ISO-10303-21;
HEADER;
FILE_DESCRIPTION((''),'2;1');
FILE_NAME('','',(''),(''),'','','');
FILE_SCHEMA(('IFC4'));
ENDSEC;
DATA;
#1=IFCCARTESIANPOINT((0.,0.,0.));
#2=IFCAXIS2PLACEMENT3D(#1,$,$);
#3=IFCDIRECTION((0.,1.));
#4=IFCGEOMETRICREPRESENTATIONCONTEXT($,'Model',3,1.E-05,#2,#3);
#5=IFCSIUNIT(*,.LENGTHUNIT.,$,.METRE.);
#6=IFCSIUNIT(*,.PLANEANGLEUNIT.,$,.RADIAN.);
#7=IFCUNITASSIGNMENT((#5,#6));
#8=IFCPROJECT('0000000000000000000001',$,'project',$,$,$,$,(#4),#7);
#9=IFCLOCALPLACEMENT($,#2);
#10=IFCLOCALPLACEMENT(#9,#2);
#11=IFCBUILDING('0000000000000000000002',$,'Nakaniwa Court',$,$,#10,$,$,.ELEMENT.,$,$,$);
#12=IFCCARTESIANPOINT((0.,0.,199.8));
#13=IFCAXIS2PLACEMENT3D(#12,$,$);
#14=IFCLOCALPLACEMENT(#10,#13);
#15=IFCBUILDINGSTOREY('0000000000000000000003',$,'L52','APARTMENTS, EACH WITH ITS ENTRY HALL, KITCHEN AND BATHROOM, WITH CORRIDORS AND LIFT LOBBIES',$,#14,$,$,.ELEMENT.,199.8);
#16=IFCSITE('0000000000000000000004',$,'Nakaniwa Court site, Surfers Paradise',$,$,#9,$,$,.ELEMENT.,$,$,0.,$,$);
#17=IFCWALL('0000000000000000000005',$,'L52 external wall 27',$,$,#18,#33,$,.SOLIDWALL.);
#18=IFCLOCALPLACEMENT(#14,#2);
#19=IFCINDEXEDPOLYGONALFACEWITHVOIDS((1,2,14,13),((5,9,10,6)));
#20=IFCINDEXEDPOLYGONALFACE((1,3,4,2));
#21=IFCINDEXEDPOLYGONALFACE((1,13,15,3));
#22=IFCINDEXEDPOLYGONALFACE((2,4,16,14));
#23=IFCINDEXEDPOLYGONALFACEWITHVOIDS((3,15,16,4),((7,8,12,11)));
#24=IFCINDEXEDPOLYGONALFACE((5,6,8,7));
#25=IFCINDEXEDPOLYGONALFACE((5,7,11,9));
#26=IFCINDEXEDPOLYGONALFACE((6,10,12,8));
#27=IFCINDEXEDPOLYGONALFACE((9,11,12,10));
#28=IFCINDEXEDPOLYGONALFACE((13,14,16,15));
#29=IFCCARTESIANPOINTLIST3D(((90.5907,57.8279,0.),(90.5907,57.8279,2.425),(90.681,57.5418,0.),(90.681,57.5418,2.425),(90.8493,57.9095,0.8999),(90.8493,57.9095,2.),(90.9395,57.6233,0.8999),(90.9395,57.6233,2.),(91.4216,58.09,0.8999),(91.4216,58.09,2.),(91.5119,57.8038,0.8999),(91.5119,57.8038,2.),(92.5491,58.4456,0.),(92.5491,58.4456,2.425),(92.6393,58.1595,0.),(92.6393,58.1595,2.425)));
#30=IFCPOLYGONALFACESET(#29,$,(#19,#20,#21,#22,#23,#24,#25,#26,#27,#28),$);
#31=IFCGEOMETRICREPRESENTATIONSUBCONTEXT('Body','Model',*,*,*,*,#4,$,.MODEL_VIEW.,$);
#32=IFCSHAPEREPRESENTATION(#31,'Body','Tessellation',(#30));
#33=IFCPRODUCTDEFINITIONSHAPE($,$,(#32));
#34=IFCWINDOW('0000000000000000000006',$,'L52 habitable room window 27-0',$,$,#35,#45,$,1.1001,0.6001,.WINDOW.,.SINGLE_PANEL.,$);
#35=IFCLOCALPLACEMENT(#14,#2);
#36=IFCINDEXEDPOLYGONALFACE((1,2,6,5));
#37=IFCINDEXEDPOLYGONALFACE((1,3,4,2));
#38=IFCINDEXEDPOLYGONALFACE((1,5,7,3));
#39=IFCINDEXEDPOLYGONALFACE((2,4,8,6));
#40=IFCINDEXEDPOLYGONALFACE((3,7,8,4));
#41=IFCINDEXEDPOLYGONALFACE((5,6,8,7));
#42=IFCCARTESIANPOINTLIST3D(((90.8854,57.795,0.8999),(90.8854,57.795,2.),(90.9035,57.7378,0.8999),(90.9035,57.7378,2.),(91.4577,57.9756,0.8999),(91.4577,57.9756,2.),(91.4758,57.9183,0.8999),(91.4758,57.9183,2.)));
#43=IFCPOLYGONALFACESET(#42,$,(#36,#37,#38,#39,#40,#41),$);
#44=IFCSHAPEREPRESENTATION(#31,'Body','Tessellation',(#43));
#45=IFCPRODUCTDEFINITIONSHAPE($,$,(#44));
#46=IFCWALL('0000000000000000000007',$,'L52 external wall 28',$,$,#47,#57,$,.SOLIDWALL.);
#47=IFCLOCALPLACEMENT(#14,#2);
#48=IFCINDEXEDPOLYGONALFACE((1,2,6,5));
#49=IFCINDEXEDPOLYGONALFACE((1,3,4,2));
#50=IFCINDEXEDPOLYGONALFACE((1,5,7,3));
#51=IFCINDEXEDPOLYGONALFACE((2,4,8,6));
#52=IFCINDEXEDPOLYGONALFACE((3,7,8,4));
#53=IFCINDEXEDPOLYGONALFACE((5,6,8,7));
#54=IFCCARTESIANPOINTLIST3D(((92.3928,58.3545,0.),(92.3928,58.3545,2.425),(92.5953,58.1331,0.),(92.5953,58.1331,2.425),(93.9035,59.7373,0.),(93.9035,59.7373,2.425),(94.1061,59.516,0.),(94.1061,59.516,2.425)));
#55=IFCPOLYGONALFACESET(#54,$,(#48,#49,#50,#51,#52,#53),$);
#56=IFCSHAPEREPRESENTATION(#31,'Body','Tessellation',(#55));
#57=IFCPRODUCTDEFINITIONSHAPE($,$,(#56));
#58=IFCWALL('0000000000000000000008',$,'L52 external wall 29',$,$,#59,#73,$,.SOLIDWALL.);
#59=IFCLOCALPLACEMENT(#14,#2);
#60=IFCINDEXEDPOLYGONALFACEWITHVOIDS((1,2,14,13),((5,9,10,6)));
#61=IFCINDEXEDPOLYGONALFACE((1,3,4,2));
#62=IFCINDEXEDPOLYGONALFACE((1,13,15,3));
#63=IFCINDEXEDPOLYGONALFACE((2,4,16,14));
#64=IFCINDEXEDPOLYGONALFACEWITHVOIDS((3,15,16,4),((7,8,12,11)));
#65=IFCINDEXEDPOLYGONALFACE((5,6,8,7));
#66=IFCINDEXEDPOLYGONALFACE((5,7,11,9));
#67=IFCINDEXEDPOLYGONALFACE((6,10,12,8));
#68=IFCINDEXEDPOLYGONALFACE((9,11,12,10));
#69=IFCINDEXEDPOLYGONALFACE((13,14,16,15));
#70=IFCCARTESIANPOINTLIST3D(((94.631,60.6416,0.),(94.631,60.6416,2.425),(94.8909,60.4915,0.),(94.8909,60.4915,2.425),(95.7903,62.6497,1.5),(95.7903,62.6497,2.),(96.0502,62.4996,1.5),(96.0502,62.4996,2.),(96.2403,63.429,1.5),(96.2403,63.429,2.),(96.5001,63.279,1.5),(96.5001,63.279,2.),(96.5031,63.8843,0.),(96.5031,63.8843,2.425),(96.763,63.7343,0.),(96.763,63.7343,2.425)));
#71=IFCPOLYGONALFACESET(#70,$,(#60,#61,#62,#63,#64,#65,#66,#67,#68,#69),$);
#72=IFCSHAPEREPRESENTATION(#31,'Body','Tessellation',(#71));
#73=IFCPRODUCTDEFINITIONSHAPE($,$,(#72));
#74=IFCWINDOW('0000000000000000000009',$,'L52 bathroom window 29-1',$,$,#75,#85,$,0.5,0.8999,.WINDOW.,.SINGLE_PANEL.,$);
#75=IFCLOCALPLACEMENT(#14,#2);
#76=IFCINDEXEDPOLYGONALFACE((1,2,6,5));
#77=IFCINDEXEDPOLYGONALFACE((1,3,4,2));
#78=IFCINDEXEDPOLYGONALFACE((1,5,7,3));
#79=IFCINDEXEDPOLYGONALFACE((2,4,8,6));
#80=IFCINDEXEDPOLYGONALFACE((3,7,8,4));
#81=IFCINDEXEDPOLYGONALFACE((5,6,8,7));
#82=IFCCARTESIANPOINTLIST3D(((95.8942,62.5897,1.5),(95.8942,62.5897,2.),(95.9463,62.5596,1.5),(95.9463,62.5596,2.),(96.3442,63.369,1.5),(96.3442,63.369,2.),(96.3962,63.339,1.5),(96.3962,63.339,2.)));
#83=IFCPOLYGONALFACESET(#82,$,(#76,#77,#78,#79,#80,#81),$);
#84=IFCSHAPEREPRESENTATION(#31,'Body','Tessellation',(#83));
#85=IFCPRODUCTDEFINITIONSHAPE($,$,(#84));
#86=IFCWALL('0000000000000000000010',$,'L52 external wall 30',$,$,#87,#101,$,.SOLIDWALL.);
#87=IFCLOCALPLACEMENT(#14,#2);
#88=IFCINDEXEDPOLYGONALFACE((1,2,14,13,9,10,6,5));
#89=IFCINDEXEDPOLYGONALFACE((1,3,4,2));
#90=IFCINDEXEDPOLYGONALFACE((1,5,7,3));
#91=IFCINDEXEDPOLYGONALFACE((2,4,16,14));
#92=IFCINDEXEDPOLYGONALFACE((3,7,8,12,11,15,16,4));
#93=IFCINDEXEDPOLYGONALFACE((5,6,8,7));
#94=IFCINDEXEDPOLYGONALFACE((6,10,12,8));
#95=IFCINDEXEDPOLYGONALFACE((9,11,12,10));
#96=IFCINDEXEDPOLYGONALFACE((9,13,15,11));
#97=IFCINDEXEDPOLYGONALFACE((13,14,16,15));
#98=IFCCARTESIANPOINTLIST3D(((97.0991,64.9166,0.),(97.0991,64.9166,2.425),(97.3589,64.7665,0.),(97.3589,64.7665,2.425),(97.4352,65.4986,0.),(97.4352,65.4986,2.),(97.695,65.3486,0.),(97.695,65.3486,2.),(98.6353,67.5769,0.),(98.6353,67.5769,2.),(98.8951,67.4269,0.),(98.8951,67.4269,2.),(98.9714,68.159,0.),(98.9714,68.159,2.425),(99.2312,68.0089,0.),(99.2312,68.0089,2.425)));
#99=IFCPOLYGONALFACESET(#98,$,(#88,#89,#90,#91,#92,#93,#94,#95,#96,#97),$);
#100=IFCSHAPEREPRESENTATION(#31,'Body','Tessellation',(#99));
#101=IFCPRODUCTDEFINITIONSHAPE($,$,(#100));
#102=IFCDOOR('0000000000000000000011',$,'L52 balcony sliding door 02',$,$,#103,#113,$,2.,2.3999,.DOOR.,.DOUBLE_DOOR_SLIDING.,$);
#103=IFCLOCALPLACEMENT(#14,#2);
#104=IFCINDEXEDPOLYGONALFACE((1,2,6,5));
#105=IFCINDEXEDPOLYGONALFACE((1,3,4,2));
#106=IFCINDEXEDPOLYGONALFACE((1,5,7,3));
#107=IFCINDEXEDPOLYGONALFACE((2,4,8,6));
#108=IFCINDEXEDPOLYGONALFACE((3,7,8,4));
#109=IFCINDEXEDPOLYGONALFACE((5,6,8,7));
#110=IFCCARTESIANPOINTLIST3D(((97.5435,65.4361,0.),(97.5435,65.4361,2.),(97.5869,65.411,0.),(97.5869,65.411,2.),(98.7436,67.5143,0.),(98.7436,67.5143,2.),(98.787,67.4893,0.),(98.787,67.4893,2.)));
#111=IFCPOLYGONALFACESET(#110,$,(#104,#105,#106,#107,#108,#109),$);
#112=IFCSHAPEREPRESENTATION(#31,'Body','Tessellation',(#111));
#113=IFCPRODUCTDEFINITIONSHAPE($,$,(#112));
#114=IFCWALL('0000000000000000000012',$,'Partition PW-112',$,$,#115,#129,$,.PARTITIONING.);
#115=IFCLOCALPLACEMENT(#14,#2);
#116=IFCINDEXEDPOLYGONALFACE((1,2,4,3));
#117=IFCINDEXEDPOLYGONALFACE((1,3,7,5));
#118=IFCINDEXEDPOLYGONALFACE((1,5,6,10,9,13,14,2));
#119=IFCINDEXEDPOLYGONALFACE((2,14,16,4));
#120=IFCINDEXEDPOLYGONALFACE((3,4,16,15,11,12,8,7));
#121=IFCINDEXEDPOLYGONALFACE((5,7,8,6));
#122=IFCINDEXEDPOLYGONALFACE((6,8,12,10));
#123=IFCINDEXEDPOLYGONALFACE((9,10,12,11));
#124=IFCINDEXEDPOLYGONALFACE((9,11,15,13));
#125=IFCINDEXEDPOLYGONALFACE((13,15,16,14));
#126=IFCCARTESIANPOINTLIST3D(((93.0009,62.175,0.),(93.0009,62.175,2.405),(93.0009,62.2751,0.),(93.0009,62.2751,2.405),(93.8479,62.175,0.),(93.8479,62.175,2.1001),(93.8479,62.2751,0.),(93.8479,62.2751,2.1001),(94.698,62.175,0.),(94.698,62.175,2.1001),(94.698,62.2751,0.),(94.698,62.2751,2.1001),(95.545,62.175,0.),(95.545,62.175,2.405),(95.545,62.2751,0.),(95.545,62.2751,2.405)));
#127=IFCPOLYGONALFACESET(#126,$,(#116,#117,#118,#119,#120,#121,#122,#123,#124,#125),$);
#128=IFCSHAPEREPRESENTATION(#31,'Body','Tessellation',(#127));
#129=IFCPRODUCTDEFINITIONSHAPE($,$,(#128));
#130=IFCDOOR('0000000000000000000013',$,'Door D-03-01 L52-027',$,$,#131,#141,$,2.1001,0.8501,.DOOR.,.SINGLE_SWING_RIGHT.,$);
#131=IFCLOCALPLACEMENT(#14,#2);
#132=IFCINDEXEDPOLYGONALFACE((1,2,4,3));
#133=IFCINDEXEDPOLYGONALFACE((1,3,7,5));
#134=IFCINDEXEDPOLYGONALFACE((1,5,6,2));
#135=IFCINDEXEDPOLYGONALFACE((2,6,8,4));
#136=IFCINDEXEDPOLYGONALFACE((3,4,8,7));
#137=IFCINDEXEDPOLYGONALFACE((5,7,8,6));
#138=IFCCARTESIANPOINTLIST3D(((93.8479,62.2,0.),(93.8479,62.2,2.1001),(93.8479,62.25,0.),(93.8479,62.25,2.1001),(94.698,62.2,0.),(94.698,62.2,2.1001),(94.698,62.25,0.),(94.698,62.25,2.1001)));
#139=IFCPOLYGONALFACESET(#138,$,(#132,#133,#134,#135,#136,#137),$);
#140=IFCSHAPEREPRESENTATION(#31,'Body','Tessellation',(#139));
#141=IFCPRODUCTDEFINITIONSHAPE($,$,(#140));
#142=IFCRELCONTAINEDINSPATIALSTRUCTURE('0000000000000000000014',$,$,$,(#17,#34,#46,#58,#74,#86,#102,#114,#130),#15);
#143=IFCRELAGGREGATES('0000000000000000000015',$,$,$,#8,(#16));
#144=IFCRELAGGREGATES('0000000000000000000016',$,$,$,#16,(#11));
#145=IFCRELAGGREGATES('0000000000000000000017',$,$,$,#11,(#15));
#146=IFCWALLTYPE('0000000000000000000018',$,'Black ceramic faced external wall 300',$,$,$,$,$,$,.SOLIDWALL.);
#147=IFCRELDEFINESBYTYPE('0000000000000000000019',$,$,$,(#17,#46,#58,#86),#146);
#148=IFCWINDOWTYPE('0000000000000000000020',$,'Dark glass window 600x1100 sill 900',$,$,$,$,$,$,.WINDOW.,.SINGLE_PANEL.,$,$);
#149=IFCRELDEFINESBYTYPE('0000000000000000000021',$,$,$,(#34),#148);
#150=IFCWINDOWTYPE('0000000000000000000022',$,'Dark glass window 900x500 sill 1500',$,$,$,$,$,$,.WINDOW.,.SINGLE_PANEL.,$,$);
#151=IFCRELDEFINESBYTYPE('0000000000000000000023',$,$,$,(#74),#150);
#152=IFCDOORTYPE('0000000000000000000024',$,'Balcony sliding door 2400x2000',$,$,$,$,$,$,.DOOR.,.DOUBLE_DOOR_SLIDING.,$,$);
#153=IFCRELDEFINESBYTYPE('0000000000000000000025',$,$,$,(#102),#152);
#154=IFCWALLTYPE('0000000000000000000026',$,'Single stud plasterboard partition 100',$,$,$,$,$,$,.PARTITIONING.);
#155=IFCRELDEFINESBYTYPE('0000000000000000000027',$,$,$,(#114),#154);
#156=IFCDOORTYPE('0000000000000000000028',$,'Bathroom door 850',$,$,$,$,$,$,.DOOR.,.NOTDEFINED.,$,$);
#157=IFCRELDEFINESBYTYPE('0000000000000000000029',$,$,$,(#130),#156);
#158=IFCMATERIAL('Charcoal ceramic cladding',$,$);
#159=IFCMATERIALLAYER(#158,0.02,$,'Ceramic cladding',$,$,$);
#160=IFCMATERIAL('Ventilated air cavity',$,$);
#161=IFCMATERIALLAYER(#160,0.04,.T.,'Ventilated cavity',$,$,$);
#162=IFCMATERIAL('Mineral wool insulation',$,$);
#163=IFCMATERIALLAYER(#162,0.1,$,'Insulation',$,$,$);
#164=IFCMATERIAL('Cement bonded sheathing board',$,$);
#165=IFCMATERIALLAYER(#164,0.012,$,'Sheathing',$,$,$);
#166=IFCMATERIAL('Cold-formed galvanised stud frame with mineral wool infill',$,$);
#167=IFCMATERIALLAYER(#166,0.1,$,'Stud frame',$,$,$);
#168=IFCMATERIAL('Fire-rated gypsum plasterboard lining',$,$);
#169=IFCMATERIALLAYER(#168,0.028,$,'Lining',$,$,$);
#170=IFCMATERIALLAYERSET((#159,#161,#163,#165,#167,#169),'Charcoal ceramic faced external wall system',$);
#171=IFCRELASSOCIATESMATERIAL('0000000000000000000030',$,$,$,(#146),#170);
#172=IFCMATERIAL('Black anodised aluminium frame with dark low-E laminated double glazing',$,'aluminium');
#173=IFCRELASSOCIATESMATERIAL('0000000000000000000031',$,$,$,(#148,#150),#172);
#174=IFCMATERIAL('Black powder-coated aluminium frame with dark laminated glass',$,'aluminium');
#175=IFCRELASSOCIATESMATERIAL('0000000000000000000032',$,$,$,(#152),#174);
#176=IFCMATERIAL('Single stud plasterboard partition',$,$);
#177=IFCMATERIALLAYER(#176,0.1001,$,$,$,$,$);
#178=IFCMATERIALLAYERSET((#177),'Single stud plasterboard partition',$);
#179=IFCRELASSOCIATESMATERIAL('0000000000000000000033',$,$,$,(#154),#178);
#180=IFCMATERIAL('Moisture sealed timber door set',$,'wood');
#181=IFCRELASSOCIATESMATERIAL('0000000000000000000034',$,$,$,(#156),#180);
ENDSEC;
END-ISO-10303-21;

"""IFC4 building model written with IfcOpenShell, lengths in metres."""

from ifc_helpers import new_model, si_unit, direction, frame, frame_2d, origin, place, context, subcontext, project, spatial, rectangle, extrude, material, layer, layer_set, type_object, element, fill, save


model = new_model("IFC4")

# Units and contexts
model_context = context("Model", 3, precision=1e-05, world=origin(), true_north=direction((0.0, 1.0)))
body_context = subcontext(model_context, "Body", "Model", "MODEL_VIEW")
ifc_project = project(units=[si_unit("LENGTHUNIT", "METRE"), si_unit("PLANEANGLEUNIT", "RADIAN")], contexts=[model_context])

# Site, building, storey
site_placement = place(None, origin())
site = spatial("IfcSite", under=ifc_project, at=site_placement, Name="Nakaniwa Court site, Surfers Paradise", CompositionType="ELEMENT", RefElevation=0.0)
building_placement = place(site_placement, origin())
building = spatial("IfcBuilding", under=site, at=building_placement, Name="Nakaniwa Court", CompositionType="ELEMENT")
storey_placement = place(building_placement, frame((0.0, 0.0, 199.8)))
storey = spatial("IfcBuildingStorey", under=building, at=storey_placement, Name="L52", Description="APARTMENTS, EACH WITH ITS ENTRY HALL, KITCHEN AND BATHROOM, WITH CORRIDORS AND LIFT LOBBIES", CompositionType="ELEMENT", Elevation=199.8)

# Wall, opening, window
ifc_material_1 = material(Name="Charcoal ceramic cladding")
ifc_layer_1 = layer(ifc_material_1, 0.02, Name="Ceramic cladding")
ifc_material_2 = material(Name="Ventilated air cavity")
ifc_layer_2 = layer(ifc_material_2, 0.04, ventilated=True, Name="Ventilated cavity")
ifc_material_3 = material(Name="Mineral wool insulation")
ifc_layer_3 = layer(ifc_material_3, 0.1, Name="Insulation")
ifc_material_4 = material(Name="Cement bonded sheathing board")
ifc_layer_4 = layer(ifc_material_4, 0.012, Name="Sheathing")
ifc_material_5 = material(Name="Cold-formed galvanised stud frame with mineral wool infill")
ifc_layer_5 = layer(ifc_material_5, 0.1, Name="Stud frame")
ifc_material_6 = material(Name="Fire-rated gypsum plasterboard lining")
ifc_layer_6 = layer(ifc_material_6, 0.028, Name="Lining")
ifc_layer_set_1 = layer_set([ifc_layer_1, ifc_layer_2, ifc_layer_3, ifc_layer_4, ifc_layer_5, ifc_layer_6], Name="Charcoal ceramic faced external wall system")
wall_type_1 = type_object("IfcWallType", Name="Black ceramic faced external wall 300", PredefinedType="SOLIDWALL", material=ifc_layer_set_1)
wall_1_placement = place(storey_placement, frame((90.6357, 57.6848, 0.0), z_axis=(0.0, 0.0, 1.0), x_axis=(0.953683, 0.300813, 0.0)))
wall_1 = element("IfcWall", 1, at=wall_1_placement, inside=storey, type_object=wall_type_1, Name="L52 external wall 27", PredefinedType="SOLIDWALL", context=body_context, shape_type="SweptSolid", body=[
    extrude(rectangle(XDim=2.0535, YDim=0.3, at=frame_2d((1.0269, 0.0))), origin(), (0.0, 0.0, 1.0), 2.425),
])
opening_1_placement = place(wall_1_placement, frame((0.2712, 0.0, 0.8999)))
opening_1 = element("IfcOpeningElement", 2, at=opening_1_placement, cuts=wall_1, PredefinedType="OPENING", context=body_context, shape_type="SweptSolid", body=[
    extrude(rectangle(XDim=0.6001, YDim=1.1001, at=frame_2d((0.3, 0.55))), frame((0.0, 0.1599, 0.0), z_axis=(0.0, -1.0, 0.0), x_axis=(1.0, 0.0, 0.0)), (0.0, 0.0, 1.0), 0.3201),
])
ifc_material_7 = material(Name="Black anodised aluminium frame with dark low-E laminated double glazing", Category="aluminium")
window_type_1 = type_object("IfcWindowType", Name="Dark glass window 600x1100 sill 900", PartitioningType="SINGLE_PANEL", PredefinedType="WINDOW", material=ifc_material_7)
window_1_placement = place(opening_1_placement, origin())
window_1 = element("IfcWindow", 3, at=window_1_placement, inside=storey, type_object=window_type_1, Name="L52 habitable room window 27-0", OverallHeight=1.1001, OverallWidth=0.6001, PartitioningType="SINGLE_PANEL", PredefinedType="WINDOW", context=body_context, shape_type="SweptSolid", body=[
    extrude(rectangle(XDim=0.6001, YDim=1.1001, at=frame_2d((0.3, 0.55))), frame((0.0, 0.03, 0.0), z_axis=(0.0, -1.0, 0.0), x_axis=(1.0, 0.0, 0.0)), (0.0, 0.0, 1.0), 0.0601),
])
fill(opening_1, window_1)

# Wall
wall_2_placement = place(storey_placement, frame((92.4941, 58.2439, 0.0), z_axis=(0.0, 0.0, 1.0), x_axis=(0.737649, 0.675185, 0.0)))
element("IfcWall", 4, at=wall_2_placement, inside=storey, type_object=wall_type_1, Name="L52 external wall 28", PredefinedType="SOLIDWALL", context=body_context, shape_type="SweptSolid", body=[
    extrude(rectangle(XDim=2.0481, YDim=0.3, at=frame_2d((1.0239, 0.0))), origin(), (0.0, 0.0, 1.0), 2.425),
])

# Wall, opening, window
wall_3_placement = place(storey_placement, frame((94.761, 60.5667, 0.0), z_axis=(0.0, 0.0, 1.0), x_axis=(0.499982, 0.866036, 0.0)))
wall_3 = element("IfcWall", 5, at=wall_3_placement, inside=storey, type_object=wall_type_1, Name="L52 external wall 29", PredefinedType="SOLIDWALL", context=body_context, shape_type="SweptSolid", body=[
    extrude(rectangle(XDim=3.7444, YDim=0.3, at=frame_2d((1.8721, 0.0))), origin(), (0.0, 0.0, 1.0), 2.425),
])
opening_2_placement = place(wall_3_placement, frame((2.3186, 0.0, 1.5)))
opening_2 = element("IfcOpeningElement", 6, at=opening_2_placement, cuts=wall_3, PredefinedType="OPENING", context=body_context, shape_type="SweptSolid", body=[
    extrude(rectangle(XDim=0.8999, YDim=0.5, at=frame_2d((0.45, 0.25))), frame((0.0, 0.1599, 0.0), z_axis=(0.0, -1.0, 0.0), x_axis=(1.0, 0.0, 0.0)), (0.0, 0.0, 1.0), 0.3201),
])
window_type_2 = type_object("IfcWindowType", Name="Dark glass window 900x500 sill 1500", PartitioningType="SINGLE_PANEL", PredefinedType="WINDOW", material=ifc_material_7)
window_2_placement = place(opening_2_placement, origin())
window_2 = element("IfcWindow", 7, at=window_2_placement, inside=storey, type_object=window_type_2, Name="L52 bathroom window 29-1", OverallHeight=0.5, OverallWidth=0.8999, PartitioningType="SINGLE_PANEL", PredefinedType="WINDOW", context=body_context, shape_type="SweptSolid", body=[
    extrude(rectangle(XDim=0.8999, YDim=0.5, at=frame_2d((0.45, 0.25))), frame((0.0, 0.03, 0.0), z_axis=(0.0, -1.0, 0.0), x_axis=(1.0, 0.0, 0.0)), (0.0, 0.0, 1.0), 0.0601),
])
fill(opening_2, window_2)

# Walls, openings, doors
wall_4_placement = place(storey_placement, frame((97.229, 64.8416, 0.0), z_axis=(0.0, 0.0, 1.0), x_axis=(0.500059, 0.865991, 0.0)))
wall_4 = element("IfcWall", 8, at=wall_4_placement, inside=storey, type_object=wall_type_1, Name="L52 external wall 30", PredefinedType="SOLIDWALL", context=body_context, shape_type="SweptSolid", body=[
    extrude(rectangle(XDim=3.7441, YDim=0.3, at=frame_2d((1.8721, 0.0))), origin(), (0.0, 0.0, 1.0), 2.425),
])
opening_3_placement = place(wall_4_placement, frame((0.6721, 0.0, 0.0)))
opening_3 = element("IfcOpeningElement", 9, at=opening_3_placement, cuts=wall_4, PredefinedType="OPENING", context=body_context, shape_type="SweptSolid", body=[
    extrude(rectangle(XDim=2.3999, YDim=2.0, at=frame_2d((1.2, 1.0))), frame((0.0, 0.1599, 0.0), z_axis=(0.0, -1.0, 0.0), x_axis=(1.0, 0.0, 0.0)), (0.0, 0.0, 1.0), 0.3201),
])
ifc_material_8 = material(Name="Black powder-coated aluminium frame with dark laminated glass", Category="aluminium")
door_type_1 = type_object("IfcDoorType", Name="Balcony sliding door 2400x2000", OperationType="DOUBLE_DOOR_SLIDING", PredefinedType="DOOR", material=ifc_material_8)
door_1_placement = place(opening_3_placement, origin())
door_1 = element("IfcDoor", 10, at=door_1_placement, inside=storey, type_object=door_type_1, Name="L52 balcony sliding door 02", OperationType="DOUBLE_DOOR_SLIDING", OverallHeight=2.0, OverallWidth=2.3999, PredefinedType="DOOR", context=body_context, shape_type="SweptSolid", body=[
    extrude(rectangle(XDim=2.3999, YDim=2.0, at=frame_2d((1.2, 1.0))), frame((0.0, 0.0249, 0.0), z_axis=(0.0, -1.0, 0.0), x_axis=(1.0, 0.0, 0.0)), (0.0, 0.0, 1.0), 0.05),
])
fill(opening_3, door_1)
ifc_material_9 = material(Name="Single stud plasterboard partition")
ifc_layer_7 = layer(ifc_material_9, 0.1001)
ifc_layer_set_2 = layer_set([ifc_layer_7], Name="Single stud plasterboard partition")
wall_type_2 = type_object("IfcWallType", Name="Single stud plasterboard partition 100", PredefinedType="PARTITIONING", material=ifc_layer_set_2)
wall_5_placement = place(storey_placement, frame((93.001, 62.2251, 0.0), z_axis=(0.0, 0.0, 1.0), x_axis=(1.0, 0.0, 0.0)))
wall_5 = element("IfcWall", 11, at=wall_5_placement, inside=storey, type_object=wall_type_2, Name="Partition PW-112", PredefinedType="PARTITIONING", context=body_context, shape_type="SweptSolid", body=[
    extrude(rectangle(XDim=2.5442, YDim=0.1001, at=frame_2d((1.272, 0.0))), origin(), (0.0, 0.0, 1.0), 2.405),
])
opening_4_placement = place(wall_5_placement, frame((0.8469, 0.0, 0.0)))
opening_4 = element("IfcOpeningElement", 12, at=opening_4_placement, cuts=wall_5, PredefinedType="OPENING", context=body_context, shape_type="SweptSolid", body=[
    extrude(rectangle(XDim=0.8501, YDim=2.1001, at=frame_2d((0.425, 1.05))), frame((0.0, 0.0601, 0.0), z_axis=(0.0, -1.0, 0.0), x_axis=(1.0, 0.0, 0.0)), (0.0, 0.0, 1.0), 0.1201),
])
ifc_material_10 = material(Name="Moisture sealed timber door set", Category="wood")
door_type_2 = type_object("IfcDoorType", Name="Bathroom door 850", OperationType="NOTDEFINED", PredefinedType="DOOR", material=ifc_material_10)
door_2_placement = place(opening_4_placement, origin())
door_2 = element("IfcDoor", 13, at=door_2_placement, inside=storey, type_object=door_type_2, Name="Door D-03-01 L52-027", OperationType="SINGLE_SWING_RIGHT", OverallHeight=2.1001, OverallWidth=0.8501, PredefinedType="DOOR", context=body_context, shape_type="SweptSolid", body=[
    extrude(rectangle(XDim=0.8501, YDim=2.1001, at=frame_2d((0.425, 1.05))), frame((0.0, 0.0249, 0.0), z_axis=(0.0, -1.0, 0.0), x_axis=(1.0, 0.0, 0.0)), (0.0, 0.0, 1.0), 0.05),
])
fill(opening_4, door_2)

save(model, "model.ifc")
